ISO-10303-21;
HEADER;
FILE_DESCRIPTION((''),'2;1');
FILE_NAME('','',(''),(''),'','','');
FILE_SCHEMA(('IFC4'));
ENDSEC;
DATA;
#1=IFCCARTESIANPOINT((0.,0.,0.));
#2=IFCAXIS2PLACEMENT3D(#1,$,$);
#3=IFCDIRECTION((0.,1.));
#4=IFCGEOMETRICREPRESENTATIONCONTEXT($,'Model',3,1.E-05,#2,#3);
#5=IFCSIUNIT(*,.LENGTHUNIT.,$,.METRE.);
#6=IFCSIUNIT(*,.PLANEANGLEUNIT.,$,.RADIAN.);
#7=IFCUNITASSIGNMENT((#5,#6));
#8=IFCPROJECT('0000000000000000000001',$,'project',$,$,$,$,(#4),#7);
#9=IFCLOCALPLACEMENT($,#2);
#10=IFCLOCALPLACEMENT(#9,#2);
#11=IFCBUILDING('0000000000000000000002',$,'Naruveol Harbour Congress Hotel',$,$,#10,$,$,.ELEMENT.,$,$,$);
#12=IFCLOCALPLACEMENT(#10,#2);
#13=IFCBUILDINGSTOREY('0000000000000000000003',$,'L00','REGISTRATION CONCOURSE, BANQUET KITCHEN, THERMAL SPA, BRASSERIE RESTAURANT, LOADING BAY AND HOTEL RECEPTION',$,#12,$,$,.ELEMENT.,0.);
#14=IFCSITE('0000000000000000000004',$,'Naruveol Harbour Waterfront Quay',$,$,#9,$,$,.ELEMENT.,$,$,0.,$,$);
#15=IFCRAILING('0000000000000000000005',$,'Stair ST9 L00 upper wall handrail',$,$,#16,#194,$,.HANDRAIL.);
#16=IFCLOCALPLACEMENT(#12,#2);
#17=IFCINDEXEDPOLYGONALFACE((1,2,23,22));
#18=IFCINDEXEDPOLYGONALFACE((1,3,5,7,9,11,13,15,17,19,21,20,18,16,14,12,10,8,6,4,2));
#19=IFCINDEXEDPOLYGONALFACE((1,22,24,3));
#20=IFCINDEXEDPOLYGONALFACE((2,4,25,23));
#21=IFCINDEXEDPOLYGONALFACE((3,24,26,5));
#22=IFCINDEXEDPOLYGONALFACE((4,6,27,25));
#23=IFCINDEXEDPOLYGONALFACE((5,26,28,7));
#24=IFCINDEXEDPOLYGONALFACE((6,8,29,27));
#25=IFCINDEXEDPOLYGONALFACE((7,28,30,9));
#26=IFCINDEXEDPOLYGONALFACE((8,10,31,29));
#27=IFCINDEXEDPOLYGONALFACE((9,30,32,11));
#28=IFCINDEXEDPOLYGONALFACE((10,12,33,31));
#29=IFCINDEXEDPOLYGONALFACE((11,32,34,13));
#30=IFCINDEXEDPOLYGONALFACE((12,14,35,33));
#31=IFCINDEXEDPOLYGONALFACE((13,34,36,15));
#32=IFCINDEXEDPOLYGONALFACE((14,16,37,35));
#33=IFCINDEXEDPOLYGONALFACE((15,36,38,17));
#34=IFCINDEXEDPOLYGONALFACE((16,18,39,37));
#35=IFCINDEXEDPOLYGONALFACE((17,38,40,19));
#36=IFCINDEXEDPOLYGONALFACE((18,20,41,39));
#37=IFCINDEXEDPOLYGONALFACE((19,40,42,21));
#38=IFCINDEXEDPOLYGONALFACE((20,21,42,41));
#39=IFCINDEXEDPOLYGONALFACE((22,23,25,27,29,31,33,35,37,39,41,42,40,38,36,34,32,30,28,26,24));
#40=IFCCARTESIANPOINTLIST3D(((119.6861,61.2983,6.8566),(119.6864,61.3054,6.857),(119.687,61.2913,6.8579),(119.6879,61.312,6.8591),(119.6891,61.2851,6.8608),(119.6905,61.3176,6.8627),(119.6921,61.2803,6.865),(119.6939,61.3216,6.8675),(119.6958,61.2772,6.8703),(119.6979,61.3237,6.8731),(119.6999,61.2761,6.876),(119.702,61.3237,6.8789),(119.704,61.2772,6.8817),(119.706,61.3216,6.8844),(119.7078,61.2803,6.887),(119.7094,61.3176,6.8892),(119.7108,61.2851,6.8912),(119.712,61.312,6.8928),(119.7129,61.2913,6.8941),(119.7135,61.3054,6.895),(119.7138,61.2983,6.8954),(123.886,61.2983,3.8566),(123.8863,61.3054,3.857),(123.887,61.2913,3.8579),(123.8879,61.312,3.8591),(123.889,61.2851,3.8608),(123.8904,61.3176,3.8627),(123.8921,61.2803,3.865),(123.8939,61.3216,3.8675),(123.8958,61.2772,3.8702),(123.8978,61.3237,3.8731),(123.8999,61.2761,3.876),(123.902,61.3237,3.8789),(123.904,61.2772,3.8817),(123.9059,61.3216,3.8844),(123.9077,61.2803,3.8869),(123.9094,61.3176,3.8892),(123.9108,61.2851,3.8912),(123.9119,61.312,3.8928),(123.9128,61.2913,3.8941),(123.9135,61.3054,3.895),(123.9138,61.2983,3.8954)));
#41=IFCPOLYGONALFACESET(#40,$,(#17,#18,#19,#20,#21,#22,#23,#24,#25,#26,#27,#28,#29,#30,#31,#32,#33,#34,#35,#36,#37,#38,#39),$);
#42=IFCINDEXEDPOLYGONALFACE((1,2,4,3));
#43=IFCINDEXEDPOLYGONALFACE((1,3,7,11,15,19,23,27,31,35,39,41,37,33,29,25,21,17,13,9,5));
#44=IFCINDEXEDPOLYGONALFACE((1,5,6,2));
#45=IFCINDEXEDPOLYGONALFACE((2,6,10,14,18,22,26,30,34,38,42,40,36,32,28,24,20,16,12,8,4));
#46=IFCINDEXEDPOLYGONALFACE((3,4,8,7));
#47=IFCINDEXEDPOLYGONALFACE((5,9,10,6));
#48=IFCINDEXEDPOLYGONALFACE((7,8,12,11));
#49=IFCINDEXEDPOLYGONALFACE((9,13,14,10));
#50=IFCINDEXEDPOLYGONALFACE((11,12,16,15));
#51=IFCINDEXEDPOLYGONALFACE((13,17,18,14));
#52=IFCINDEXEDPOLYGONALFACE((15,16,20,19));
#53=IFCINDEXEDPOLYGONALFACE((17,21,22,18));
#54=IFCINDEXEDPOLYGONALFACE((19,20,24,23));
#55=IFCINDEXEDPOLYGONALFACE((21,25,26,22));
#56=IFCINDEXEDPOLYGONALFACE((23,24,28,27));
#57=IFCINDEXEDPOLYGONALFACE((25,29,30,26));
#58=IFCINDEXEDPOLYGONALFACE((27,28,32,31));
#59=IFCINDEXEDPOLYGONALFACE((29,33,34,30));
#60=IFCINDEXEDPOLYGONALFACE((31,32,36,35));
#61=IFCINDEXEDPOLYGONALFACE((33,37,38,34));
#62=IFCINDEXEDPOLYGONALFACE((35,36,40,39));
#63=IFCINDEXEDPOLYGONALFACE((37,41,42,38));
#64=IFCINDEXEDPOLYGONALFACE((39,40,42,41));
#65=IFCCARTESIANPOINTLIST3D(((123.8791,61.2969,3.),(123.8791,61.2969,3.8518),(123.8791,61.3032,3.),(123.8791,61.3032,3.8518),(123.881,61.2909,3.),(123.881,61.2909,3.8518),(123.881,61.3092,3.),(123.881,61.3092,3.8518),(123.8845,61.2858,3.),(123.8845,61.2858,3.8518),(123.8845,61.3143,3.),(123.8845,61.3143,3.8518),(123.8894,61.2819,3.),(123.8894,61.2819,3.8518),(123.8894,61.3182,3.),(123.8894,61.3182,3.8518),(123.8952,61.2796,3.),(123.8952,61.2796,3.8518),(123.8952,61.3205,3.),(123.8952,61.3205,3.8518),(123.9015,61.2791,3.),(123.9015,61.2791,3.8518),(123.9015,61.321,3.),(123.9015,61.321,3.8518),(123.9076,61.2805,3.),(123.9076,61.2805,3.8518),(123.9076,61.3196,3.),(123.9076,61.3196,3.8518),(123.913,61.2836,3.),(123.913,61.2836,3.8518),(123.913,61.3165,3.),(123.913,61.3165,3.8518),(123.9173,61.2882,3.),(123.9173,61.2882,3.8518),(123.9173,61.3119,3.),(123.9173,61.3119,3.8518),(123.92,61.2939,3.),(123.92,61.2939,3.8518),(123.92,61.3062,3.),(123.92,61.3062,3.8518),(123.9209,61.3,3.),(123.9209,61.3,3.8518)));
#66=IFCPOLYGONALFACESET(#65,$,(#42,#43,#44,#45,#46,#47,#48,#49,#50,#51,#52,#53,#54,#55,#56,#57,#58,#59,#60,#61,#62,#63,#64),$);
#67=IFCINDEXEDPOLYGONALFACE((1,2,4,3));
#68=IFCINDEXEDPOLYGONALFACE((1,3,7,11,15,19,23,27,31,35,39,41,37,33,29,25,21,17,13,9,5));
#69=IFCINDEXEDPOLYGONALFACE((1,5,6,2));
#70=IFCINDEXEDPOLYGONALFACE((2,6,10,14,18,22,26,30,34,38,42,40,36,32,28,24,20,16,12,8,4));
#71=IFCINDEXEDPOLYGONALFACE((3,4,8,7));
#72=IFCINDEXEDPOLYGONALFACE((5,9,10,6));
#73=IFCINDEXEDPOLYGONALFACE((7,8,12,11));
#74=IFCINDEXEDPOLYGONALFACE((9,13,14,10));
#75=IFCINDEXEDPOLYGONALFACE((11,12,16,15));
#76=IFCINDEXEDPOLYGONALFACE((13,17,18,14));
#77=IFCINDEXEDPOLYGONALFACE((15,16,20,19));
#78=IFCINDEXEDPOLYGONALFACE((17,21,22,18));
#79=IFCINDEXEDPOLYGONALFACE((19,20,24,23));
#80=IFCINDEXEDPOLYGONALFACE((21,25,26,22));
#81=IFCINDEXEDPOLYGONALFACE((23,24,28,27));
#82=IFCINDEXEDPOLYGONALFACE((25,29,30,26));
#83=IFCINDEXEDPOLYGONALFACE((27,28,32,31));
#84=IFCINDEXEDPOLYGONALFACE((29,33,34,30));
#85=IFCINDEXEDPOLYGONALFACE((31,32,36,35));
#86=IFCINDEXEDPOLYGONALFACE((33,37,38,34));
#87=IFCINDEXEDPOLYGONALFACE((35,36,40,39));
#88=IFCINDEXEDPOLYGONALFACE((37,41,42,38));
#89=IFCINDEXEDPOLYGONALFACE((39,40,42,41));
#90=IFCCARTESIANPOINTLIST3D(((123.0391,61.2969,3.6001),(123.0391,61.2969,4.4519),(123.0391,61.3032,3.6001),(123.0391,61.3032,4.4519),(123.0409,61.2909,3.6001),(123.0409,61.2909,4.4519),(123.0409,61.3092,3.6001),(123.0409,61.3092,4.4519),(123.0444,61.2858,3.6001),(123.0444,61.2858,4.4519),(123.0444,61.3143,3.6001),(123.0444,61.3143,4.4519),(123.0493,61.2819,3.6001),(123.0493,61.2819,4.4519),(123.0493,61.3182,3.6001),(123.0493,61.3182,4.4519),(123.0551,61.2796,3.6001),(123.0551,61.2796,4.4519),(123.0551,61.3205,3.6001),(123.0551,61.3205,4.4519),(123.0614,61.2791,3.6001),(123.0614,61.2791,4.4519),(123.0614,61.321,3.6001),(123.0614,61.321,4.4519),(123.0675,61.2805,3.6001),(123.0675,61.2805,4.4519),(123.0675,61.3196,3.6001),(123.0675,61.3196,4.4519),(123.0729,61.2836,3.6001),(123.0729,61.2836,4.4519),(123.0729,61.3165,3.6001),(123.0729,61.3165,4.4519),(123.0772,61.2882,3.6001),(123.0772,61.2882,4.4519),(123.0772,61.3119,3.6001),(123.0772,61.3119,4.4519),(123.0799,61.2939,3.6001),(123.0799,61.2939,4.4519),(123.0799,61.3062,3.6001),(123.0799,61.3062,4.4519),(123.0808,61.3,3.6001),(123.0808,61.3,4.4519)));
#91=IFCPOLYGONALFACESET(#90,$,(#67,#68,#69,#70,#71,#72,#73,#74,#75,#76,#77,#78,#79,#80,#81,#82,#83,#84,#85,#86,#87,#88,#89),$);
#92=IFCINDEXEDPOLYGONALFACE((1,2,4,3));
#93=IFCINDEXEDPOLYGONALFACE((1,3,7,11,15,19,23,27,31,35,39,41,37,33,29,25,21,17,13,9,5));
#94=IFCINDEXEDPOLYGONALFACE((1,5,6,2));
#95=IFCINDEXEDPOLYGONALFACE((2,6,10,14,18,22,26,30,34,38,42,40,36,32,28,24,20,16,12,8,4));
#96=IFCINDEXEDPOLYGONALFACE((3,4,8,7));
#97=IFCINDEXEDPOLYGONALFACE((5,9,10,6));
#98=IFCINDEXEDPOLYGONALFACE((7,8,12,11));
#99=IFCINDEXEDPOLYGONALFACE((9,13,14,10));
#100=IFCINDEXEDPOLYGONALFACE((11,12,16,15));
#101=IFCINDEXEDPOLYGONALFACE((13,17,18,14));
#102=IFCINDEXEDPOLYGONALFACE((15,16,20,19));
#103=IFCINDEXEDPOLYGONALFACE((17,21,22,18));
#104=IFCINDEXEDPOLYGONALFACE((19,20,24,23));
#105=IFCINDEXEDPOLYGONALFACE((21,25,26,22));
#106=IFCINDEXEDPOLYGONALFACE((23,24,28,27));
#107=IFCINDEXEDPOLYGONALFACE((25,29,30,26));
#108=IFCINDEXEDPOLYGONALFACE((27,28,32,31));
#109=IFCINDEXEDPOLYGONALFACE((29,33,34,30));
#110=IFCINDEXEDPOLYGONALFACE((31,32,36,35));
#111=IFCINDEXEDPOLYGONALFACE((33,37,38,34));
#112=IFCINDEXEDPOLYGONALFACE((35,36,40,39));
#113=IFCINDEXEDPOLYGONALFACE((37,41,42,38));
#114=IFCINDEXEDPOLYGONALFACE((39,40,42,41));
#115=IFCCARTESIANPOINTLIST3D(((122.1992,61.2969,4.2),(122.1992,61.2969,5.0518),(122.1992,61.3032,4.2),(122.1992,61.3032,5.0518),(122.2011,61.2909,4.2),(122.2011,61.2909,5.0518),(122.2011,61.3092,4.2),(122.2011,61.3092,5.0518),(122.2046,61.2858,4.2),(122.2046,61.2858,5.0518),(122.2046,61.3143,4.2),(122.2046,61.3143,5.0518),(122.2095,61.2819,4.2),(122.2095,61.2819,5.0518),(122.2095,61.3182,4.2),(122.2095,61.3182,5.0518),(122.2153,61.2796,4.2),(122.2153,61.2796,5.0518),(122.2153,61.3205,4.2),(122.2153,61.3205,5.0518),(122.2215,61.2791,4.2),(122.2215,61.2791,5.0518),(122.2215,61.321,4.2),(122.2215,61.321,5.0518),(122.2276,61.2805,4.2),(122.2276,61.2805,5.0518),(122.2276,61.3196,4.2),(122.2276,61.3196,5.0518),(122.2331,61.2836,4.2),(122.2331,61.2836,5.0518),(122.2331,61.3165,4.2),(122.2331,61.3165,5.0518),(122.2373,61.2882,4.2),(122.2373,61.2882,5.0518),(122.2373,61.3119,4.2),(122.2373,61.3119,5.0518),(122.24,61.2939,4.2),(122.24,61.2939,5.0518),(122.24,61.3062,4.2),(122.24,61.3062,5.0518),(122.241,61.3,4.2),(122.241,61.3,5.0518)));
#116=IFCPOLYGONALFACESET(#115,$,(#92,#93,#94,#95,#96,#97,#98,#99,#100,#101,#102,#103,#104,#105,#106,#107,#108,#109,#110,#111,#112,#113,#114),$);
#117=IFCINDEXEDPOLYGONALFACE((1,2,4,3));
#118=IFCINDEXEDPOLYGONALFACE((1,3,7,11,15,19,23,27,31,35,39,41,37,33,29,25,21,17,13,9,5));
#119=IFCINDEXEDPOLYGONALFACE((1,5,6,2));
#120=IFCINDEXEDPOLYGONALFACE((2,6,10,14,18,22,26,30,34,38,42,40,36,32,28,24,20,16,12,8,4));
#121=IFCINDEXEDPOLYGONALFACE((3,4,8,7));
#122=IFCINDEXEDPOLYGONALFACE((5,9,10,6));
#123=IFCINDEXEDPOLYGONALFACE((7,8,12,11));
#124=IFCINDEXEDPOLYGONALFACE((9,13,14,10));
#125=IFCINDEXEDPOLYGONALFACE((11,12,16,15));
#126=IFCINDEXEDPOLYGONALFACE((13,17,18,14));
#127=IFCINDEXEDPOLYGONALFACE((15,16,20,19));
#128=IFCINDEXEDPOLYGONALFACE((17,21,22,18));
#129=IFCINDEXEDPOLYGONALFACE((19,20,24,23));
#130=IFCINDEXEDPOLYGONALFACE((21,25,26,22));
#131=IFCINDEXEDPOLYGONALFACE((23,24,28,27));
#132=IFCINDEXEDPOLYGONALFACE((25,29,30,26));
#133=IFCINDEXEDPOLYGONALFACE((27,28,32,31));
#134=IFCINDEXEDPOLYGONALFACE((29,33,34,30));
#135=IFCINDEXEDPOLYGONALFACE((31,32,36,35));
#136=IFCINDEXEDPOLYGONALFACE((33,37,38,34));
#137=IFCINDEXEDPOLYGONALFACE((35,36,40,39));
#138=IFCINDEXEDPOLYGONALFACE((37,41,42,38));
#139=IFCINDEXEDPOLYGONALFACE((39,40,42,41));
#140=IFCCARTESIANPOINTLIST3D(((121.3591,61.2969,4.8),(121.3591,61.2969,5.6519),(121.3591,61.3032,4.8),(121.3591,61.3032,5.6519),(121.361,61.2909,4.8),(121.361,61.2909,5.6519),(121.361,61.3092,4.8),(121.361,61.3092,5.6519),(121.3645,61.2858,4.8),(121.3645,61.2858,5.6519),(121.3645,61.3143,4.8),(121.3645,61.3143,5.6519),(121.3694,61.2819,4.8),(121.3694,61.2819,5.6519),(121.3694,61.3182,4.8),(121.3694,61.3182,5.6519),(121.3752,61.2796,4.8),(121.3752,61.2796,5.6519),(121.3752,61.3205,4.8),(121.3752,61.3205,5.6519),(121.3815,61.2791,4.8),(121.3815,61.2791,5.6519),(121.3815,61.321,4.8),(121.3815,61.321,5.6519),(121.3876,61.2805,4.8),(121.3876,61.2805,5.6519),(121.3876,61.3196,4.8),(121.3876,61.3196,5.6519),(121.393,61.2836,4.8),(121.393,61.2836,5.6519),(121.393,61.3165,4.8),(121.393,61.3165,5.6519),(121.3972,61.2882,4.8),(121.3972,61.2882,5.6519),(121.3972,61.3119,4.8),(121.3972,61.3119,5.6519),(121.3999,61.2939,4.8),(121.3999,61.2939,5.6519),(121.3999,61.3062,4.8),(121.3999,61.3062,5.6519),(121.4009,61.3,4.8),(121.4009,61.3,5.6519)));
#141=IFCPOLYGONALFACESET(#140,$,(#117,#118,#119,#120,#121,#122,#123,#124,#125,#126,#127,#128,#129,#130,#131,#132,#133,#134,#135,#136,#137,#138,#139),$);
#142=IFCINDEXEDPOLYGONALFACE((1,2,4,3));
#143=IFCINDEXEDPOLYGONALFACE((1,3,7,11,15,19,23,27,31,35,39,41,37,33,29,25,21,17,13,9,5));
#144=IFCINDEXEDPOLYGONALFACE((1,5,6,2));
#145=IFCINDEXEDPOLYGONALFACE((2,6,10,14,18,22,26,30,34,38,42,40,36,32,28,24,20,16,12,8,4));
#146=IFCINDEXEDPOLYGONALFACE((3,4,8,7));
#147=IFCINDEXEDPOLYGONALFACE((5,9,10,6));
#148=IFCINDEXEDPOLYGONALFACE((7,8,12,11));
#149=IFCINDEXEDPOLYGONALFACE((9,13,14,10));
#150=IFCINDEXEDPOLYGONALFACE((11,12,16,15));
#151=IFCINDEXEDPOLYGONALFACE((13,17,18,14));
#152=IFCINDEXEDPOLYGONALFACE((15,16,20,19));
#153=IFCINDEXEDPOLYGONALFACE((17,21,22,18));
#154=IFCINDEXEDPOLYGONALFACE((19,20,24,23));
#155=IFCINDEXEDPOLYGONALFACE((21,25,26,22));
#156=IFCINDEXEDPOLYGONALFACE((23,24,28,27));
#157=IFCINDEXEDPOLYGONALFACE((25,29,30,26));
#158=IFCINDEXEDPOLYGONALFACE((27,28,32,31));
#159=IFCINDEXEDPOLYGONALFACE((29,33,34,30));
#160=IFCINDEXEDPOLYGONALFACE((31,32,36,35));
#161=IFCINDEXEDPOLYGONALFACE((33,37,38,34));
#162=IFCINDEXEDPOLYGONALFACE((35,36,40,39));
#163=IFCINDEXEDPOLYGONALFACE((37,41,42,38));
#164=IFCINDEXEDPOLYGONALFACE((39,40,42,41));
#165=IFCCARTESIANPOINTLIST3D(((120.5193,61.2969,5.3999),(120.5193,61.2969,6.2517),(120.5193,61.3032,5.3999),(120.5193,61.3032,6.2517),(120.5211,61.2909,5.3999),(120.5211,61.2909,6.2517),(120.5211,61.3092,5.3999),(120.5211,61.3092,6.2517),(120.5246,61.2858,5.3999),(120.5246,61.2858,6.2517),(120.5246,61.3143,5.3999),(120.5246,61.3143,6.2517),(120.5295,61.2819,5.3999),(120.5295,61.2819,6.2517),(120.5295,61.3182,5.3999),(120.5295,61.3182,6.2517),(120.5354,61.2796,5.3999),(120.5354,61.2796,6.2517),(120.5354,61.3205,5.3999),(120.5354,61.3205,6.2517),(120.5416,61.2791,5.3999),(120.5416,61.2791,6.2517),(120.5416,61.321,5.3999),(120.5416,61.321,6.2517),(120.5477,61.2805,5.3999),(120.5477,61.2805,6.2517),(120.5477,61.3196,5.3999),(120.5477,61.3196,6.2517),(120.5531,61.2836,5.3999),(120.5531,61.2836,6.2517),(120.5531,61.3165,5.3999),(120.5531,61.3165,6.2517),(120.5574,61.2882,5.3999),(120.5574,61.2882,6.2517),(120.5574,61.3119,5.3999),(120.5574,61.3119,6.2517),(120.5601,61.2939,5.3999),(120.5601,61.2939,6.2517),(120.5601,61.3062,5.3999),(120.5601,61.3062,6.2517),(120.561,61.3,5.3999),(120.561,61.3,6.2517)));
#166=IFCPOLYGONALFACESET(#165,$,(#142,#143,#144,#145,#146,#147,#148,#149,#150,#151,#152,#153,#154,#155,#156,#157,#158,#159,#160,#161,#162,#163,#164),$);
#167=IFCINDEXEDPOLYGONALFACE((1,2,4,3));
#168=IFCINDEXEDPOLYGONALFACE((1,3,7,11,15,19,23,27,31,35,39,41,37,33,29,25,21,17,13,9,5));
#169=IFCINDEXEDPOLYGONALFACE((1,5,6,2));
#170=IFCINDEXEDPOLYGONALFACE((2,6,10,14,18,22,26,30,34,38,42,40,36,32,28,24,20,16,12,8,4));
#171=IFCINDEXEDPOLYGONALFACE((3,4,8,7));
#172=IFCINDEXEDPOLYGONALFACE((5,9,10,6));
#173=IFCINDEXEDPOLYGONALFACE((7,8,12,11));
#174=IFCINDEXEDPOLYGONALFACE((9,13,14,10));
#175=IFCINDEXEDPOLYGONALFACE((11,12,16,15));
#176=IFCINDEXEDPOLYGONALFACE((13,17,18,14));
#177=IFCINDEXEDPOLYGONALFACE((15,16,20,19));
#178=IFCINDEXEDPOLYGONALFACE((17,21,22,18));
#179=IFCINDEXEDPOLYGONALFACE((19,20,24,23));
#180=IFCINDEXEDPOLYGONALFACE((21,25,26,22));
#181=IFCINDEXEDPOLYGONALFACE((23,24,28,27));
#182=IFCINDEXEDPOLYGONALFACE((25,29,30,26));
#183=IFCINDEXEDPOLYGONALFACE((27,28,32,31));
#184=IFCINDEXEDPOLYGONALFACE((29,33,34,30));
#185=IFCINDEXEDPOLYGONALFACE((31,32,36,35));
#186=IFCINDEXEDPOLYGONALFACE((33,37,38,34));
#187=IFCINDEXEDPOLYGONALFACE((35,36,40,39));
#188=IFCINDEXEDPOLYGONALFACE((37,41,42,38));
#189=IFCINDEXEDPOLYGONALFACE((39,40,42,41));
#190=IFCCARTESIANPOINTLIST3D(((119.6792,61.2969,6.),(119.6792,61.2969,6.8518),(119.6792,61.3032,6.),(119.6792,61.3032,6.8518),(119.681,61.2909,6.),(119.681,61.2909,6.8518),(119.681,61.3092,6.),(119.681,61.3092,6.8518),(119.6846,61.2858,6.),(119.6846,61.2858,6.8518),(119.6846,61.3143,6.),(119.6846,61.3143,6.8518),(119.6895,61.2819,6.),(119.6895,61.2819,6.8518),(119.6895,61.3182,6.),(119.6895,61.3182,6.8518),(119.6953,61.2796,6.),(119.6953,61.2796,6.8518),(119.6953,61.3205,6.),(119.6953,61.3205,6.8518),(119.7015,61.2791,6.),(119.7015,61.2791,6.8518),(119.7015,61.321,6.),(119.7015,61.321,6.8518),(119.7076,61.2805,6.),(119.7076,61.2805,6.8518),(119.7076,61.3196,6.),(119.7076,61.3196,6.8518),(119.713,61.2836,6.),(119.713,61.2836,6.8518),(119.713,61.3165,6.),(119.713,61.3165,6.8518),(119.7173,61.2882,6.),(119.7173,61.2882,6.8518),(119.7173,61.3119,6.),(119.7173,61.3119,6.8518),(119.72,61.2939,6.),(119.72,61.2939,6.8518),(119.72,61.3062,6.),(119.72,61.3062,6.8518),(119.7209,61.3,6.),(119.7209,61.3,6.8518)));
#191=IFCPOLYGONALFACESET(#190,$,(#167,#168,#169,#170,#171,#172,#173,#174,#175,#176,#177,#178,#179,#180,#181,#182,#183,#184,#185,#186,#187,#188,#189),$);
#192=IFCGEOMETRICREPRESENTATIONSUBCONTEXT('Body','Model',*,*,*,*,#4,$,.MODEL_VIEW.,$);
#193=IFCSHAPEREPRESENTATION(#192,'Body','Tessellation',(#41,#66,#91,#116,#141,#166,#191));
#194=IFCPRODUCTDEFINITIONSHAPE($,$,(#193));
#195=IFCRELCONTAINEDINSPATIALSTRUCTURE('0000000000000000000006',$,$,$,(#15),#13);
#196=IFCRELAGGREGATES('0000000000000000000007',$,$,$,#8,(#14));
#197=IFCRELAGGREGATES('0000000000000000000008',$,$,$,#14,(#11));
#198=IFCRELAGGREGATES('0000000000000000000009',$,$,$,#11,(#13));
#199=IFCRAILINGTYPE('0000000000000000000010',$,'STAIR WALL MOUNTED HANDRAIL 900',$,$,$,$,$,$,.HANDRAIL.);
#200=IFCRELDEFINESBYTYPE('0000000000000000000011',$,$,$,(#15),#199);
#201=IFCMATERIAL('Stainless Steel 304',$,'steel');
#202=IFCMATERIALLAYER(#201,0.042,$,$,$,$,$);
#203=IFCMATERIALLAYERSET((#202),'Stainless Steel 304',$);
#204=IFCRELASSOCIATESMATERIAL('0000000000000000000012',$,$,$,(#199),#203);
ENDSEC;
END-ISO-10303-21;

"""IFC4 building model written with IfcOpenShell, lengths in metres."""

from ifc_helpers import new_model, si_unit, direction, frame, origin, origin_2d, place, context, subcontext, project, spatial, circle, extrude, material, layer, layer_set, type_object, element, save


model = new_model("IFC4")

# Units and contexts
model_context = context("Model", 3, precision=1e-05, world=origin(), true_north=direction((0.0, 1.0)))
body_context = subcontext(model_context, "Body", "Model", "MODEL_VIEW")
ifc_project = project(units=[si_unit("LENGTHUNIT", "METRE"), si_unit("PLANEANGLEUNIT", "RADIAN")], contexts=[model_context])

# Site, building, storey
site_placement = place(None, origin())
site = spatial("IfcSite", under=ifc_project, at=site_placement, Name="Naruveol Harbour Waterfront Quay", CompositionType="ELEMENT", RefElevation=0.0)
building_placement = place(site_placement, origin())
building = spatial("IfcBuilding", under=site, at=building_placement, Name="Naruveol Harbour Congress Hotel", CompositionType="ELEMENT")
storey_placement = place(building_placement, origin())
storey = spatial("IfcBuildingStorey", under=building, at=storey_placement, Name="L00", Description="REGISTRATION CONCOURSE, BANQUET KITCHEN, THERMAL SPA, BRASSERIE RESTAURANT, LOADING BAY AND HOTEL RECEPTION", CompositionType="ELEMENT", Elevation=0.0)

# Railing
ifc_material_1 = material(Name="Stainless Steel 304", Category="steel")
ifc_layer_1 = layer(ifc_material_1, 0.042)
ifc_layer_set_1 = layer_set([ifc_layer_1], Name="Stainless Steel 304")
railing_type_1 = type_object("IfcRailingType", Name="STAIR WALL MOUNTED HANDRAIL 900", PredefinedType="HANDRAIL", material=ifc_layer_set_1)
railing_1_placement = place(storey_placement, frame((123.8999, 61.3, 3.0)))
element("IfcRailing", 1, at=railing_1_placement, inside=storey, type_object=railing_type_1, Name="Stair ST9 L00 upper wall handrail", PredefinedType="HANDRAIL", context=body_context, shape_type="SweptSolid", body=[
    extrude(circle(Radius=0.0239, at=origin_2d()), frame((0.0, 0.0, 0.876), z_axis=(-0.81373, 0.0, 0.581243), x_axis=(0.0, -1.0, 0.0)), (0.0, 0.0, 1.0), 5.1614),
    extrude(circle(Radius=0.021, at=origin_2d()), origin(), (0.0, 0.0, 1.0), 0.8518),
    extrude(circle(Radius=0.021, at=origin_2d()), frame((-0.8401, 0.0, 0.6001)), (0.0, 0.0, 1.0), 0.8518),
    extrude(circle(Radius=0.021, at=origin_2d()), frame((-1.6799, 0.0, 1.2)), (0.0, 0.0, 1.0), 0.8518),
    extrude(circle(Radius=0.021, at=origin_2d()), frame((-2.52, 0.0, 1.8)), (0.0, 0.0, 1.0), 0.8518),
    extrude(circle(Radius=0.021, at=origin_2d()), frame((-3.3599, 0.0, 2.3999)), (0.0, 0.0, 1.0), 0.8518),
    extrude(circle(Radius=0.021, at=origin_2d()), frame((-4.2, 0.0, 3.0)), (0.0, 0.0, 1.0), 0.8518),
])

save(model, "model.ifc")
